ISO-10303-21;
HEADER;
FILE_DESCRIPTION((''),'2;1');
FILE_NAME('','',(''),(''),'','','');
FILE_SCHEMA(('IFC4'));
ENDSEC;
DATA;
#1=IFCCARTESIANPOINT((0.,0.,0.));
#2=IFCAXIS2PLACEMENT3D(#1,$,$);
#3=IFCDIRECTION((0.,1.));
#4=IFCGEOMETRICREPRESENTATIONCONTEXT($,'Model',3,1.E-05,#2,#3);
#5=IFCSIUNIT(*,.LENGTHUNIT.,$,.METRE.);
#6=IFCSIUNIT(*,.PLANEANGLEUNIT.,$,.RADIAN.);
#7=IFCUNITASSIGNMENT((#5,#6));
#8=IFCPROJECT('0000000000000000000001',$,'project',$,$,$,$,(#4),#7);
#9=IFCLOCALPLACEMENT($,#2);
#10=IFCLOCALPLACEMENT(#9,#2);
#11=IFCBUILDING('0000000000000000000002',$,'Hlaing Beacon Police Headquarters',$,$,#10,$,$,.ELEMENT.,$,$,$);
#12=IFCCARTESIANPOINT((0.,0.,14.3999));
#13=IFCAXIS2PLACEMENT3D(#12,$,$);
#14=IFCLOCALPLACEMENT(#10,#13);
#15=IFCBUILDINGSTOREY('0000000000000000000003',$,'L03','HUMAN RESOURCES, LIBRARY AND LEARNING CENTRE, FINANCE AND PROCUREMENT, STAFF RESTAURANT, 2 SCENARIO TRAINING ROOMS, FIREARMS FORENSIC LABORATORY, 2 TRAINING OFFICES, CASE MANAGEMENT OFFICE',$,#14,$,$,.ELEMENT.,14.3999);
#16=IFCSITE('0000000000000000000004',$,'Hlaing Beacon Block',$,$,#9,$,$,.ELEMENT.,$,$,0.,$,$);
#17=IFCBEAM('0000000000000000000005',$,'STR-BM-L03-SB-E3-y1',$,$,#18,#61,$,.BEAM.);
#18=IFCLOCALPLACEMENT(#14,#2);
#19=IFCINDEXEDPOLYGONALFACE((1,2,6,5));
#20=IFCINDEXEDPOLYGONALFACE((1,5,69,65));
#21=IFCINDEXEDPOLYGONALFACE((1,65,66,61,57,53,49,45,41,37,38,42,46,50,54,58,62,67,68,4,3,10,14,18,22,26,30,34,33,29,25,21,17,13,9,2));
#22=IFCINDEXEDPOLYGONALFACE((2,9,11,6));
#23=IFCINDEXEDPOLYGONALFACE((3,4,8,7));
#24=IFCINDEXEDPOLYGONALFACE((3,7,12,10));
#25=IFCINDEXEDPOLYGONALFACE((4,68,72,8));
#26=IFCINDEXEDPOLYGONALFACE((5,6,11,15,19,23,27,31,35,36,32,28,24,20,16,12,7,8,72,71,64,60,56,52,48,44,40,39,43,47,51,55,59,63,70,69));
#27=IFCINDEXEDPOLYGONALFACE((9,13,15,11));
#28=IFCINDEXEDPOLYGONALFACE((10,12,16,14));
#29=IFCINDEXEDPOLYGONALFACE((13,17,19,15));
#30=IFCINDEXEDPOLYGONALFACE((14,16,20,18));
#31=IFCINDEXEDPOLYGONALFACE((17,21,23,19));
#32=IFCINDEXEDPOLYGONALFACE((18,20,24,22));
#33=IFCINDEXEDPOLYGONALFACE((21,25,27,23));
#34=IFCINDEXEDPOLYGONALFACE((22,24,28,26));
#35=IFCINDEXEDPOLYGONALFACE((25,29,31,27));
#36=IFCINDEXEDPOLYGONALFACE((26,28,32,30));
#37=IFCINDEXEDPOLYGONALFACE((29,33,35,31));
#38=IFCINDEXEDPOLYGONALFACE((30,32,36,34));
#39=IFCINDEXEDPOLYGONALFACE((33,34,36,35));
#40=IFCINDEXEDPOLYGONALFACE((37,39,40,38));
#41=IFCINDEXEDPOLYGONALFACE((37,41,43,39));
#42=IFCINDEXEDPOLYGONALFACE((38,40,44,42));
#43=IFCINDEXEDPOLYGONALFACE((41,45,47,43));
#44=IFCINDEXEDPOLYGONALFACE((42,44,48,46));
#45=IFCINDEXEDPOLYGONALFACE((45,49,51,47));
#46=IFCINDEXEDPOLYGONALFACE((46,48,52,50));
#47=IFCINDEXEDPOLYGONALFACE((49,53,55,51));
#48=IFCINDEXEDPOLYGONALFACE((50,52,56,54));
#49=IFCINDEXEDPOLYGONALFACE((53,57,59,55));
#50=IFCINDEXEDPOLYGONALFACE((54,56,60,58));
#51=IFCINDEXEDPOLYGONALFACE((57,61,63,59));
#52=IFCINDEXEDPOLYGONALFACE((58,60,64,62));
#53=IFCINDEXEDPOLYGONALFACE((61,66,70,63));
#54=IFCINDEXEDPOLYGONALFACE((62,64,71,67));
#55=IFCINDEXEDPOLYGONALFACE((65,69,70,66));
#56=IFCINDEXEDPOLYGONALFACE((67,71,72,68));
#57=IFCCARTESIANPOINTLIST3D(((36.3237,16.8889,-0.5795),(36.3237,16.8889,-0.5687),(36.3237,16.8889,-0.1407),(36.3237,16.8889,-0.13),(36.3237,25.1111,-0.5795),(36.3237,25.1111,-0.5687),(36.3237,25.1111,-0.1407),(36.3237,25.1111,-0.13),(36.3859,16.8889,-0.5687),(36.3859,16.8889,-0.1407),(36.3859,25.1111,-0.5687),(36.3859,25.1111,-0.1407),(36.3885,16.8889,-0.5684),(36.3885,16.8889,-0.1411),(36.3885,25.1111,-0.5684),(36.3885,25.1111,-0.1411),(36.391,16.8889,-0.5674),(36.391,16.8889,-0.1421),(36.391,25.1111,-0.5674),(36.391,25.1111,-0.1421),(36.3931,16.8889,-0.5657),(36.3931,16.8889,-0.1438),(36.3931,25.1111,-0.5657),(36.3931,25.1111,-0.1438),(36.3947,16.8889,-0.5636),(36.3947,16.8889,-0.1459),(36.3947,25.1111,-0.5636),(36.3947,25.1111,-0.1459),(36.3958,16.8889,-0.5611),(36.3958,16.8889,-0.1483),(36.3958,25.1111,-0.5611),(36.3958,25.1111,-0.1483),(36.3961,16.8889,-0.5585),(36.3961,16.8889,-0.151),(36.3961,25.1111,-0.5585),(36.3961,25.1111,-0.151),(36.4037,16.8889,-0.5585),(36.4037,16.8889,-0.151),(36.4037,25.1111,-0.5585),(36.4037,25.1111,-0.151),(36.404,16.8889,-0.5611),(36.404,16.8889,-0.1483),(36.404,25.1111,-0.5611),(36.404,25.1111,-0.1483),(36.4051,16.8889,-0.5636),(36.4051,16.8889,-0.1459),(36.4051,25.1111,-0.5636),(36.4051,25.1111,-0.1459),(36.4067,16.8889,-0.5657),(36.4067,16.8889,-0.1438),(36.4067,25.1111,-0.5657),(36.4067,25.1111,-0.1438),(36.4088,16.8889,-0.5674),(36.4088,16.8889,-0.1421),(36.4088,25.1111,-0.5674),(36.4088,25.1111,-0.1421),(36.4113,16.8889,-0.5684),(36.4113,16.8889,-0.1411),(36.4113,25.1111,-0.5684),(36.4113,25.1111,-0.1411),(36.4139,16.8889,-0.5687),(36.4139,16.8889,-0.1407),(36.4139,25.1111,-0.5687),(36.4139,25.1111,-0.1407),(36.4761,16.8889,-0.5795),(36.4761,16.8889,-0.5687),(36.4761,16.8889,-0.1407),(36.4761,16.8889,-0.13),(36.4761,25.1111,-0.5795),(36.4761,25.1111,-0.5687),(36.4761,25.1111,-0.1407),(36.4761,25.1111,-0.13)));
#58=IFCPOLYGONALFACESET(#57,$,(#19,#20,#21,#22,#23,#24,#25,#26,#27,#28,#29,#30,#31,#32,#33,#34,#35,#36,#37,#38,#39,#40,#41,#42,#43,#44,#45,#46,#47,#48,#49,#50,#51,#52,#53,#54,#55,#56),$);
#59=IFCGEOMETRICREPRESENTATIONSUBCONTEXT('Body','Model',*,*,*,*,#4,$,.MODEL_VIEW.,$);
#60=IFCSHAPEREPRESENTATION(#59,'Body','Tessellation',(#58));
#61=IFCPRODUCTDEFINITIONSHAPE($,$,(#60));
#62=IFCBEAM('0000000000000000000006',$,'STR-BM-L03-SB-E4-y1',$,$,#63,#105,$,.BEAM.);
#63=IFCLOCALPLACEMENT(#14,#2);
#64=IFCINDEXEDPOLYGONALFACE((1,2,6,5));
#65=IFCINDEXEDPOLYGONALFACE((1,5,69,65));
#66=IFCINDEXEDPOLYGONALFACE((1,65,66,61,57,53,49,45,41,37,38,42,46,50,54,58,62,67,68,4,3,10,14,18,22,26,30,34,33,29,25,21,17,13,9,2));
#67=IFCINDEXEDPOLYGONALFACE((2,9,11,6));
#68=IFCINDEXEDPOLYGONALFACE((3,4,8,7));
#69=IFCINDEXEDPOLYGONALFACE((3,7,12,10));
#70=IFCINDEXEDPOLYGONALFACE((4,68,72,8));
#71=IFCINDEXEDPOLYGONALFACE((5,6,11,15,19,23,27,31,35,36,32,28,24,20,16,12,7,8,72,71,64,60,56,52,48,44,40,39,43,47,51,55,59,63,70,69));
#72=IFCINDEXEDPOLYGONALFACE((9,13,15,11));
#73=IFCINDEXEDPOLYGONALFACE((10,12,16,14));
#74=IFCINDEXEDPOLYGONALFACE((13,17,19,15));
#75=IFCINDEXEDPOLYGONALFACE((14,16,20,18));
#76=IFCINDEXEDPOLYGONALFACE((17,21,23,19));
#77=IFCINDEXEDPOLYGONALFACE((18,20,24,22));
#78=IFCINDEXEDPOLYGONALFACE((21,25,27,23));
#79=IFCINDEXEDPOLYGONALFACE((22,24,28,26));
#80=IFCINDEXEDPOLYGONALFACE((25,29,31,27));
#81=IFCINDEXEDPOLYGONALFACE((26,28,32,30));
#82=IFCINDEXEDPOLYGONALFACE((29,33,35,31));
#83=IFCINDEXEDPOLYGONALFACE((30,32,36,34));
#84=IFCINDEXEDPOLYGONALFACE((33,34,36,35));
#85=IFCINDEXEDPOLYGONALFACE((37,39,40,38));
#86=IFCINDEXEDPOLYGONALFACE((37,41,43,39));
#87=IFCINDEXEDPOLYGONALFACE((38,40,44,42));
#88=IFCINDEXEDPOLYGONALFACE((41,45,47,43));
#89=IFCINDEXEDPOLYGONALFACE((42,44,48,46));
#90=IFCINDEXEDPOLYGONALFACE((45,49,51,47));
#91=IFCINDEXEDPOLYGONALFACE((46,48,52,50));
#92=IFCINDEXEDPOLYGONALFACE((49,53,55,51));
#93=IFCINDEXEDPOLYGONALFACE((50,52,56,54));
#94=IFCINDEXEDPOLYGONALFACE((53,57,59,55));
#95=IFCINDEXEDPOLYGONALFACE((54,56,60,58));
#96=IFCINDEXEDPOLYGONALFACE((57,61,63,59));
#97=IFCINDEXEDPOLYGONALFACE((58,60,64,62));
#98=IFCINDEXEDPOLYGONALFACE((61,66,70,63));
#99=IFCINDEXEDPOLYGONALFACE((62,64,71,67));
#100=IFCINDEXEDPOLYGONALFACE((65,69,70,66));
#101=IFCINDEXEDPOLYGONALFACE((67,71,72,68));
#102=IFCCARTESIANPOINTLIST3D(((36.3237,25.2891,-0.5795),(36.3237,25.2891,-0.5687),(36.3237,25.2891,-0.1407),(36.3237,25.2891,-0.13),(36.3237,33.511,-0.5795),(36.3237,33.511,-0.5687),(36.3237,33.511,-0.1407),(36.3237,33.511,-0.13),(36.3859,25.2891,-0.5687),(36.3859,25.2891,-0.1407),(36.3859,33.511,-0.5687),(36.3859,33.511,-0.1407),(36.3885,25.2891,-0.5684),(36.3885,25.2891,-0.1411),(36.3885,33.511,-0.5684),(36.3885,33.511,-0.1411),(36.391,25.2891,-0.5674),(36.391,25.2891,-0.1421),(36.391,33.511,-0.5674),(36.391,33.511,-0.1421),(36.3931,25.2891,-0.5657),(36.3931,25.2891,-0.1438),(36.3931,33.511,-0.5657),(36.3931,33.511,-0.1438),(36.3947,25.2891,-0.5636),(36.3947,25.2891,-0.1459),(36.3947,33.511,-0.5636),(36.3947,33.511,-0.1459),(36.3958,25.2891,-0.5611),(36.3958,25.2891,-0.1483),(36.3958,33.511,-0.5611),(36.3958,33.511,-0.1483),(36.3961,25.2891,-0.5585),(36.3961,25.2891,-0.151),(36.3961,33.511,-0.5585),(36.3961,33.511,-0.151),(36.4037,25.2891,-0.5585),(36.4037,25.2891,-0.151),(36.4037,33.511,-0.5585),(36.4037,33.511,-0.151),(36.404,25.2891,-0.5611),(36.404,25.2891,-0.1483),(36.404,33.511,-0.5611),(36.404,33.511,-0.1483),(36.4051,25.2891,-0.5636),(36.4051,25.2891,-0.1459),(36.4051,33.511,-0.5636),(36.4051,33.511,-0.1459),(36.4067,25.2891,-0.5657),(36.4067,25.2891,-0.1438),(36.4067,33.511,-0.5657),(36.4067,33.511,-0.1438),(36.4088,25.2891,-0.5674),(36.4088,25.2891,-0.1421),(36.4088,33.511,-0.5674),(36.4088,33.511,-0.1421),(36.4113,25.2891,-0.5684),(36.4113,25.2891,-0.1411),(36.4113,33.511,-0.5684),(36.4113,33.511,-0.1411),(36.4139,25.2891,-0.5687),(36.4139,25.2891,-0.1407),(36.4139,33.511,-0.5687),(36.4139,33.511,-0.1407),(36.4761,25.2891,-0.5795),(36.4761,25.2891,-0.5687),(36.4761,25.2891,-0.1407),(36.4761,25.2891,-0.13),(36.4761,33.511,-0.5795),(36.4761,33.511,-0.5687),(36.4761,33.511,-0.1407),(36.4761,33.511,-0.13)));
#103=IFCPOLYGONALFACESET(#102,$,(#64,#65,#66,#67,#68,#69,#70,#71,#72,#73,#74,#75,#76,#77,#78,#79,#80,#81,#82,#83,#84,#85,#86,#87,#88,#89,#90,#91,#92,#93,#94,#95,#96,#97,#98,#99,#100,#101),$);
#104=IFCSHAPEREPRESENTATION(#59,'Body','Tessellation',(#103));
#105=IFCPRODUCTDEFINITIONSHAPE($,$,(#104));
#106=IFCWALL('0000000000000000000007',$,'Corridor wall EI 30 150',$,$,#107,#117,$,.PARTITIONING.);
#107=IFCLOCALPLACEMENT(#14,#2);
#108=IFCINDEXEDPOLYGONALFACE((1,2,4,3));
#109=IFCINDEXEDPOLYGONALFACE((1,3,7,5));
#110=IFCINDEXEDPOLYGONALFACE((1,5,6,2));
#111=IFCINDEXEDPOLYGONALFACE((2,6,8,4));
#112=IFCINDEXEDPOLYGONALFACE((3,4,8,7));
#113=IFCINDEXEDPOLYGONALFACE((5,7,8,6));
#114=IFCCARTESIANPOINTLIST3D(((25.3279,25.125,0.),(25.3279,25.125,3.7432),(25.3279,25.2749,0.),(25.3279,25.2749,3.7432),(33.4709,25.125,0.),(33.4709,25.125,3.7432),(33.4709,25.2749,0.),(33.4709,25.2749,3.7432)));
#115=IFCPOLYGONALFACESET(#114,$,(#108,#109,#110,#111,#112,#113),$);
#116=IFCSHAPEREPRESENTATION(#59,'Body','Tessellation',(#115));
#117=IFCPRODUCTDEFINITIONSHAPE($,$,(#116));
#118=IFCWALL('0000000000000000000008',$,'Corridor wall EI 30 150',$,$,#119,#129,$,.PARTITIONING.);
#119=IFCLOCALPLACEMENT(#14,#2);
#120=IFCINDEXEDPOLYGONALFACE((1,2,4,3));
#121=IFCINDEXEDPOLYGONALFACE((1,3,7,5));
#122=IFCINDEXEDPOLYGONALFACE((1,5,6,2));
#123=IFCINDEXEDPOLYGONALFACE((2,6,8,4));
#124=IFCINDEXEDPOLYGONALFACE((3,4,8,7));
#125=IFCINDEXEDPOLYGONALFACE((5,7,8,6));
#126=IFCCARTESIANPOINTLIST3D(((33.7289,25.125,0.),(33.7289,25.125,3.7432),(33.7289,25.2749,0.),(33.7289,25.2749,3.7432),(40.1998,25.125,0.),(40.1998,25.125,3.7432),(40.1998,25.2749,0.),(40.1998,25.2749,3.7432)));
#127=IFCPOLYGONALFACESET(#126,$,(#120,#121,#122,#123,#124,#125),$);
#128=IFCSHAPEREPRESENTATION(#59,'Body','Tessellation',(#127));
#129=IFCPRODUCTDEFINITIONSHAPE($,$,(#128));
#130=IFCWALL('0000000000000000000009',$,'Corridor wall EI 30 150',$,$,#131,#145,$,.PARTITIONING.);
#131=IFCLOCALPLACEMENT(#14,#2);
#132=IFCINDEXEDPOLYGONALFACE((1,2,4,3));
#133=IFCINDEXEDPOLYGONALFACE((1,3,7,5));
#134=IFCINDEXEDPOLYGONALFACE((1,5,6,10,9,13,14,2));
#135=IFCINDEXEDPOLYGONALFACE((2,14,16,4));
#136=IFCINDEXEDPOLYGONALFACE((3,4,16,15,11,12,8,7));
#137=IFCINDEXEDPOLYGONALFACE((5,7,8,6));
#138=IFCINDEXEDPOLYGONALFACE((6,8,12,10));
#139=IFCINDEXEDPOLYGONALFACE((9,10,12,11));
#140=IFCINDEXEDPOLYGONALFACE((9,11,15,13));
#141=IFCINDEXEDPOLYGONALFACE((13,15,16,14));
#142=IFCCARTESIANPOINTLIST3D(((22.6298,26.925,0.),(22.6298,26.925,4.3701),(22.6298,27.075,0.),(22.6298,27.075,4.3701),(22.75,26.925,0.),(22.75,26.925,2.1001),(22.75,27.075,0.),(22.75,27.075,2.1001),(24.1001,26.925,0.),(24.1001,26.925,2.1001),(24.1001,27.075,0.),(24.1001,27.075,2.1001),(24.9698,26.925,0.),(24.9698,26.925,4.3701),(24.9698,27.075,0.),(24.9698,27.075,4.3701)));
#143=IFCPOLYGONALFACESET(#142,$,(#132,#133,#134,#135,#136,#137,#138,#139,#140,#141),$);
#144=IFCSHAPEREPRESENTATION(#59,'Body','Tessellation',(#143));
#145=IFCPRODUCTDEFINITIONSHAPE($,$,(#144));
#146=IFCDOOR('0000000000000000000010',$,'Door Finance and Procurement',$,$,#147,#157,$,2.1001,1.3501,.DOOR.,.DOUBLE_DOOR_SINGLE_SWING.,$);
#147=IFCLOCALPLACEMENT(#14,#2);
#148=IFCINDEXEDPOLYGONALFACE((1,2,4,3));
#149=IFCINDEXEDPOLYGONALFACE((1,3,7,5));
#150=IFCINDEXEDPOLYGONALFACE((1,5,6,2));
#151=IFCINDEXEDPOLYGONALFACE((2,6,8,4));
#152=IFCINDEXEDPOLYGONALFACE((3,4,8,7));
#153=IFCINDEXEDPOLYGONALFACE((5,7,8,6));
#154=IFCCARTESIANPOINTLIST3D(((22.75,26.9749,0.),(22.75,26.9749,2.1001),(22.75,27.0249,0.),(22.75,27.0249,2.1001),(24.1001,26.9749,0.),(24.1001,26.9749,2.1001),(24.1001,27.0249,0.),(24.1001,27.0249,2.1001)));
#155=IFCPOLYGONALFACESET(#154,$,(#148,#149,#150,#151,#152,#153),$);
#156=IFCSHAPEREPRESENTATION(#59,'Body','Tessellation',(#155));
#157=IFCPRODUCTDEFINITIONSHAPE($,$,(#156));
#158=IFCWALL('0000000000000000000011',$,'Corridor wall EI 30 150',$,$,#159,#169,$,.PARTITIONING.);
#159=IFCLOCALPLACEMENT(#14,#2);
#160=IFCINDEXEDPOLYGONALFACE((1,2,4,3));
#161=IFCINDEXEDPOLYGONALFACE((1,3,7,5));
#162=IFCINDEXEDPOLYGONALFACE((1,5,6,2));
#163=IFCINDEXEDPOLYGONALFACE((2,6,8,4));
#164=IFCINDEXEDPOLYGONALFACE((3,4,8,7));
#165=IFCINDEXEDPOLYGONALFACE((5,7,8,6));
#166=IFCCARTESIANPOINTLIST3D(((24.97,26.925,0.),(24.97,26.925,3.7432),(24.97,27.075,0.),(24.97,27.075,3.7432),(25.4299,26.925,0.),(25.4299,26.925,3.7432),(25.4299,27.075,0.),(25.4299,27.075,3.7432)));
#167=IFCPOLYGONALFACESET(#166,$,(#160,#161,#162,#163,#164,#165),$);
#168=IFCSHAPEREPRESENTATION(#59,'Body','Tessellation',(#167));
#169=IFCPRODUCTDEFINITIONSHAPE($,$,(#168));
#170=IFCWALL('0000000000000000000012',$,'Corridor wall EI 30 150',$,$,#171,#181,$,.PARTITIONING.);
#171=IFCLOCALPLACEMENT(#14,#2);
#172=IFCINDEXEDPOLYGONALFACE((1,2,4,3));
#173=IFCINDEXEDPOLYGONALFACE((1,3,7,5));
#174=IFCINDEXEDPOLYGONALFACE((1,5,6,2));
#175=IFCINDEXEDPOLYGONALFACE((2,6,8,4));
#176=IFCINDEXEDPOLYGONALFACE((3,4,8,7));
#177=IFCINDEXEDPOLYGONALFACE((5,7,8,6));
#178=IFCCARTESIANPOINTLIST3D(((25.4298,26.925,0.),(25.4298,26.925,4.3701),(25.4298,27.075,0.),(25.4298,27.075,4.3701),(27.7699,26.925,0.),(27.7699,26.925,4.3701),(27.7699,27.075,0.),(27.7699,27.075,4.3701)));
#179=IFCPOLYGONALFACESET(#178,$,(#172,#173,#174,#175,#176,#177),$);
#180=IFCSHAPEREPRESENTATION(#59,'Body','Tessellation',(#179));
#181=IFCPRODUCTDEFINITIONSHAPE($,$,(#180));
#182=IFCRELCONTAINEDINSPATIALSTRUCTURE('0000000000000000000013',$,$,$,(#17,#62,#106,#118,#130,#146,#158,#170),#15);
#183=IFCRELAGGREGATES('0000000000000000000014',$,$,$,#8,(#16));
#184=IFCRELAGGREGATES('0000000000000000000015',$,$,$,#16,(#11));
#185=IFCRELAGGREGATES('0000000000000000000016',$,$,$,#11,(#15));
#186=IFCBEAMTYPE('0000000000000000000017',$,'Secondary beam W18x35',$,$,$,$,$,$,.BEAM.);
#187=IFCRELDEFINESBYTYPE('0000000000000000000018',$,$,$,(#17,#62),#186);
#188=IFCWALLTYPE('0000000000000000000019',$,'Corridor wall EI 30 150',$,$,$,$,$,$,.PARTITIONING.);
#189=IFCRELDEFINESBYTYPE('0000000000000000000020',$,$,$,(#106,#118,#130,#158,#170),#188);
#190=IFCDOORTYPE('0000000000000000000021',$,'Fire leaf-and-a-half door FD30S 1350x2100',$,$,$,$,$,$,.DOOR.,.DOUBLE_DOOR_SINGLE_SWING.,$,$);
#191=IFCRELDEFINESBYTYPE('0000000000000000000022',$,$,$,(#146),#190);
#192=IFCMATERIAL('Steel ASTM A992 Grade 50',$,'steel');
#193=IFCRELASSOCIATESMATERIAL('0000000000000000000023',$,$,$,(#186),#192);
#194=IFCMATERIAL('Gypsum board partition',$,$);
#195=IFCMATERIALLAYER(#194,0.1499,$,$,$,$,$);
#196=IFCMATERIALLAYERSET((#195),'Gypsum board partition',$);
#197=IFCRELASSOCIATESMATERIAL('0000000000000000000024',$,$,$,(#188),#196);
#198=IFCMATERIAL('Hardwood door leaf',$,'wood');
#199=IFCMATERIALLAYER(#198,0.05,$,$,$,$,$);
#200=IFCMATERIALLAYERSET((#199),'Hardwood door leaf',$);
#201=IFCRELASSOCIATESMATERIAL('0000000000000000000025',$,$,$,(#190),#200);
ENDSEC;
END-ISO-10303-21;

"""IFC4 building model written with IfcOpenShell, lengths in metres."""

from ifc_helpers import new_model, si_unit, direction, frame, frame_2d, origin, origin_2d, place, context, subcontext, project, spatial, rectangle, i_section, extrude, material, layer, layer_set, material_profile, profile_set, type_object, element, fill, save


model = new_model("IFC4")

# Units and contexts
model_context = context("Model", 3, precision=1e-05, world=origin(), true_north=direction((0.0, 1.0)))
body_context = subcontext(model_context, "Body", "Model", "MODEL_VIEW")
ifc_project = project(units=[si_unit("LENGTHUNIT", "METRE"), si_unit("PLANEANGLEUNIT", "RADIAN")], contexts=[model_context])

# Site, building, storey
site_placement = place(None, origin())
site = spatial("IfcSite", under=ifc_project, at=site_placement, Name="Hlaing Beacon Block", CompositionType="ELEMENT", RefElevation=0.0)
building_placement = place(site_placement, origin())
building = spatial("IfcBuilding", under=site, at=building_placement, Name="Hlaing Beacon Police Headquarters", CompositionType="ELEMENT")
storey_placement = place(building_placement, frame((0.0, 0.0, 14.3999)))
storey = spatial("IfcBuildingStorey", under=building, at=storey_placement, Name="L03", Description="HUMAN RESOURCES, LIBRARY AND LEARNING CENTRE, FINANCE AND PROCUREMENT, STAFF RESTAURANT, 2 SCENARIO TRAINING ROOMS, FIREARMS FORENSIC LABORATORY, 2 TRAINING OFFICES, CASE MANAGEMENT OFFICE", CompositionType="ELEMENT", Elevation=14.3999)

# Beams
ifc_material_1 = material(Name="Steel ASTM A992 Grade 50", Category="steel")
ifc_material_profile_1 = material_profile(ifc_material_1, i_section(OverallWidth=0.1523, OverallDepth=0.4495, WebThickness=0.0076, FlangeThickness=0.0107, FilletRadius=0.0103, at=origin_2d()), Name="W18x35")
ifc_profile_set_1 = profile_set([ifc_material_profile_1], Name="Steel ASTM A992 Grade 50")
beam_type_1 = type_object("IfcBeamType", Name="Secondary beam W18x35", PredefinedType="BEAM", material=ifc_profile_set_1)
beam_1_placement = place(storey_placement, frame((36.3999, 16.8889, -0.3547), z_axis=(0.0, 1.0, 0.0), x_axis=(-1.0, 0.0, 0.0)))
element("IfcBeam", 1, at=beam_1_placement, inside=storey, type_object=beam_type_1, Name="STR-BM-L03-SB-E3-y1", PredefinedType="BEAM", context=body_context, shape_type="SweptSolid", body=[
    extrude(i_section(OverallWidth=0.1523, OverallDepth=0.4495, WebThickness=0.0076, FlangeThickness=0.0107, FilletRadius=0.0103, at=origin_2d()), origin(), (0.0, 0.0, 1.0), 8.2222),
])
beam_2_placement = place(storey_placement, frame((36.3999, 25.2891, -0.3547), z_axis=(0.0, 1.0, 0.0), x_axis=(-1.0, 0.0, 0.0)))
element("IfcBeam", 2, at=beam_2_placement, inside=storey, type_object=beam_type_1, Name="STR-BM-L03-SB-E4-y1", PredefinedType="BEAM", context=body_context, shape_type="SweptSolid", body=[
    extrude(i_section(OverallWidth=0.1523, OverallDepth=0.4495, WebThickness=0.0076, FlangeThickness=0.0107, FilletRadius=0.0103, at=origin_2d()), origin(), (0.0, 0.0, 1.0), 8.2219),
])

# Shared definitions
ifc_material_2 = material(Name="Gypsum board partition")
ifc_layer_1 = layer(ifc_material_2, 0.1499)
ifc_layer_set_1 = layer_set([ifc_layer_1], Name="Gypsum board partition")
wall_type_1 = type_object("IfcWallType", Name="Corridor wall EI 30 150", PredefinedType="PARTITIONING", material=ifc_layer_set_1)

# Walls
wall_1_placement = place(storey_placement, frame((25.3279, 25.2, 0.0), z_axis=(0.0, 0.0, 1.0), x_axis=(1.0, 0.0, 0.0)))
element("IfcWall", 3, at=wall_1_placement, inside=storey, type_object=wall_type_1, Name="Corridor wall EI 30 150", PredefinedType="PARTITIONING", context=body_context, shape_type="SweptSolid", body=[
    extrude(rectangle(XDim=8.1431, YDim=0.1499, at=frame_2d((4.0715, 0.0))), origin(), (0.0, 0.0, 1.0), 3.7432),
])
wall_2_placement = place(storey_placement, frame((33.729, 25.2, 0.0), z_axis=(0.0, 0.0, 1.0), x_axis=(1.0, 0.0, 0.0)))
element("IfcWall", 4, at=wall_2_placement, inside=storey, type_object=wall_type_1, Name="Corridor wall EI 30 150", PredefinedType="PARTITIONING", context=body_context, shape_type="SweptSolid", body=[
    extrude(rectangle(XDim=6.4709, YDim=0.1499, at=frame_2d((3.2354, 0.0))), origin(), (0.0, 0.0, 1.0), 3.7432),
])

# Wall, opening, door
wall_3_placement = place(storey_placement, frame((22.6299, 27.0, 0.0), z_axis=(0.0, 0.0, 1.0), x_axis=(1.0, 0.0, 0.0)))
wall_3 = element("IfcWall", 5, at=wall_3_placement, inside=storey, type_object=wall_type_1, Name="Corridor wall EI 30 150", PredefinedType="PARTITIONING", context=body_context, shape_type="SweptSolid", body=[
    extrude(rectangle(XDim=2.3401, YDim=0.1499, at=frame_2d((1.1699, 0.0))), origin(), (0.0, 0.0, 1.0), 4.3701),
])
opening_1_placement = place(wall_3_placement, frame((0.1201, 0.0, 0.0)))
opening_1 = element("IfcOpeningElement", 6, at=opening_1_placement, cuts=wall_3, PredefinedType="OPENING", context=body_context, shape_type="SweptSolid", body=[
    extrude(rectangle(XDim=1.3501, YDim=2.1001, at=frame_2d((0.675, 1.05))), frame((0.0, 0.085, 0.0), z_axis=(0.0, -1.0, 0.0), x_axis=(1.0, 0.0, 0.0)), (0.0, 0.0, 1.0), 0.1699),
])
ifc_material_3 = material(Name="Hardwood door leaf", Category="wood")
ifc_layer_2 = layer(ifc_material_3, 0.05)
ifc_layer_set_2 = layer_set([ifc_layer_2], Name="Hardwood door leaf")
door_type_1 = type_object("IfcDoorType", Name="Fire leaf-and-a-half door FD30S 1350x2100", OperationType="DOUBLE_DOOR_SINGLE_SWING", PredefinedType="DOOR", material=ifc_layer_set_2)
door_1_placement = place(opening_1_placement, origin())
door_1 = element("IfcDoor", 7, at=door_1_placement, inside=storey, type_object=door_type_1, Name="Door Finance and Procurement", OperationType="DOUBLE_DOOR_SINGLE_SWING", OverallHeight=2.1001, OverallWidth=1.3501, PredefinedType="DOOR", context=body_context, shape_type="SweptSolid", body=[
    extrude(rectangle(XDim=1.3501, YDim=2.1001, at=frame_2d((0.675, 1.05))), frame((0.0, 0.0249, 0.0), z_axis=(0.0, -1.0, 0.0), x_axis=(1.0, 0.0, 0.0)), (0.0, 0.0, 1.0), 0.05),
])
fill(opening_1, door_1)

# Walls
wall_4_placement = place(storey_placement, frame((24.97, 27.0, 0.0), z_axis=(0.0, 0.0, 1.0), x_axis=(1.0, 0.0, 0.0)))
element("IfcWall", 8, at=wall_4_placement, inside=storey, type_object=wall_type_1, Name="Corridor wall EI 30 150", PredefinedType="PARTITIONING", context=body_context, shape_type="SweptSolid", body=[
    extrude(rectangle(XDim=0.46, YDim=0.1499, at=frame_2d((0.23, 0.0))), origin(), (0.0, 0.0, 1.0), 3.7432),
])
wall_5_placement = place(storey_placement, frame((25.4299, 27.0, 0.0), z_axis=(0.0, 0.0, 1.0), x_axis=(1.0, 0.0, 0.0)))
element("IfcWall", 9, at=wall_5_placement, inside=storey, type_object=wall_type_1, Name="Corridor wall EI 30 150", PredefinedType="PARTITIONING", context=body_context, shape_type="SweptSolid", body=[
    extrude(rectangle(XDim=2.3401, YDim=0.1499, at=frame_2d((1.1699, 0.0))), origin(), (0.0, 0.0, 1.0), 4.3701),
])

save(model, "model.ifc")
